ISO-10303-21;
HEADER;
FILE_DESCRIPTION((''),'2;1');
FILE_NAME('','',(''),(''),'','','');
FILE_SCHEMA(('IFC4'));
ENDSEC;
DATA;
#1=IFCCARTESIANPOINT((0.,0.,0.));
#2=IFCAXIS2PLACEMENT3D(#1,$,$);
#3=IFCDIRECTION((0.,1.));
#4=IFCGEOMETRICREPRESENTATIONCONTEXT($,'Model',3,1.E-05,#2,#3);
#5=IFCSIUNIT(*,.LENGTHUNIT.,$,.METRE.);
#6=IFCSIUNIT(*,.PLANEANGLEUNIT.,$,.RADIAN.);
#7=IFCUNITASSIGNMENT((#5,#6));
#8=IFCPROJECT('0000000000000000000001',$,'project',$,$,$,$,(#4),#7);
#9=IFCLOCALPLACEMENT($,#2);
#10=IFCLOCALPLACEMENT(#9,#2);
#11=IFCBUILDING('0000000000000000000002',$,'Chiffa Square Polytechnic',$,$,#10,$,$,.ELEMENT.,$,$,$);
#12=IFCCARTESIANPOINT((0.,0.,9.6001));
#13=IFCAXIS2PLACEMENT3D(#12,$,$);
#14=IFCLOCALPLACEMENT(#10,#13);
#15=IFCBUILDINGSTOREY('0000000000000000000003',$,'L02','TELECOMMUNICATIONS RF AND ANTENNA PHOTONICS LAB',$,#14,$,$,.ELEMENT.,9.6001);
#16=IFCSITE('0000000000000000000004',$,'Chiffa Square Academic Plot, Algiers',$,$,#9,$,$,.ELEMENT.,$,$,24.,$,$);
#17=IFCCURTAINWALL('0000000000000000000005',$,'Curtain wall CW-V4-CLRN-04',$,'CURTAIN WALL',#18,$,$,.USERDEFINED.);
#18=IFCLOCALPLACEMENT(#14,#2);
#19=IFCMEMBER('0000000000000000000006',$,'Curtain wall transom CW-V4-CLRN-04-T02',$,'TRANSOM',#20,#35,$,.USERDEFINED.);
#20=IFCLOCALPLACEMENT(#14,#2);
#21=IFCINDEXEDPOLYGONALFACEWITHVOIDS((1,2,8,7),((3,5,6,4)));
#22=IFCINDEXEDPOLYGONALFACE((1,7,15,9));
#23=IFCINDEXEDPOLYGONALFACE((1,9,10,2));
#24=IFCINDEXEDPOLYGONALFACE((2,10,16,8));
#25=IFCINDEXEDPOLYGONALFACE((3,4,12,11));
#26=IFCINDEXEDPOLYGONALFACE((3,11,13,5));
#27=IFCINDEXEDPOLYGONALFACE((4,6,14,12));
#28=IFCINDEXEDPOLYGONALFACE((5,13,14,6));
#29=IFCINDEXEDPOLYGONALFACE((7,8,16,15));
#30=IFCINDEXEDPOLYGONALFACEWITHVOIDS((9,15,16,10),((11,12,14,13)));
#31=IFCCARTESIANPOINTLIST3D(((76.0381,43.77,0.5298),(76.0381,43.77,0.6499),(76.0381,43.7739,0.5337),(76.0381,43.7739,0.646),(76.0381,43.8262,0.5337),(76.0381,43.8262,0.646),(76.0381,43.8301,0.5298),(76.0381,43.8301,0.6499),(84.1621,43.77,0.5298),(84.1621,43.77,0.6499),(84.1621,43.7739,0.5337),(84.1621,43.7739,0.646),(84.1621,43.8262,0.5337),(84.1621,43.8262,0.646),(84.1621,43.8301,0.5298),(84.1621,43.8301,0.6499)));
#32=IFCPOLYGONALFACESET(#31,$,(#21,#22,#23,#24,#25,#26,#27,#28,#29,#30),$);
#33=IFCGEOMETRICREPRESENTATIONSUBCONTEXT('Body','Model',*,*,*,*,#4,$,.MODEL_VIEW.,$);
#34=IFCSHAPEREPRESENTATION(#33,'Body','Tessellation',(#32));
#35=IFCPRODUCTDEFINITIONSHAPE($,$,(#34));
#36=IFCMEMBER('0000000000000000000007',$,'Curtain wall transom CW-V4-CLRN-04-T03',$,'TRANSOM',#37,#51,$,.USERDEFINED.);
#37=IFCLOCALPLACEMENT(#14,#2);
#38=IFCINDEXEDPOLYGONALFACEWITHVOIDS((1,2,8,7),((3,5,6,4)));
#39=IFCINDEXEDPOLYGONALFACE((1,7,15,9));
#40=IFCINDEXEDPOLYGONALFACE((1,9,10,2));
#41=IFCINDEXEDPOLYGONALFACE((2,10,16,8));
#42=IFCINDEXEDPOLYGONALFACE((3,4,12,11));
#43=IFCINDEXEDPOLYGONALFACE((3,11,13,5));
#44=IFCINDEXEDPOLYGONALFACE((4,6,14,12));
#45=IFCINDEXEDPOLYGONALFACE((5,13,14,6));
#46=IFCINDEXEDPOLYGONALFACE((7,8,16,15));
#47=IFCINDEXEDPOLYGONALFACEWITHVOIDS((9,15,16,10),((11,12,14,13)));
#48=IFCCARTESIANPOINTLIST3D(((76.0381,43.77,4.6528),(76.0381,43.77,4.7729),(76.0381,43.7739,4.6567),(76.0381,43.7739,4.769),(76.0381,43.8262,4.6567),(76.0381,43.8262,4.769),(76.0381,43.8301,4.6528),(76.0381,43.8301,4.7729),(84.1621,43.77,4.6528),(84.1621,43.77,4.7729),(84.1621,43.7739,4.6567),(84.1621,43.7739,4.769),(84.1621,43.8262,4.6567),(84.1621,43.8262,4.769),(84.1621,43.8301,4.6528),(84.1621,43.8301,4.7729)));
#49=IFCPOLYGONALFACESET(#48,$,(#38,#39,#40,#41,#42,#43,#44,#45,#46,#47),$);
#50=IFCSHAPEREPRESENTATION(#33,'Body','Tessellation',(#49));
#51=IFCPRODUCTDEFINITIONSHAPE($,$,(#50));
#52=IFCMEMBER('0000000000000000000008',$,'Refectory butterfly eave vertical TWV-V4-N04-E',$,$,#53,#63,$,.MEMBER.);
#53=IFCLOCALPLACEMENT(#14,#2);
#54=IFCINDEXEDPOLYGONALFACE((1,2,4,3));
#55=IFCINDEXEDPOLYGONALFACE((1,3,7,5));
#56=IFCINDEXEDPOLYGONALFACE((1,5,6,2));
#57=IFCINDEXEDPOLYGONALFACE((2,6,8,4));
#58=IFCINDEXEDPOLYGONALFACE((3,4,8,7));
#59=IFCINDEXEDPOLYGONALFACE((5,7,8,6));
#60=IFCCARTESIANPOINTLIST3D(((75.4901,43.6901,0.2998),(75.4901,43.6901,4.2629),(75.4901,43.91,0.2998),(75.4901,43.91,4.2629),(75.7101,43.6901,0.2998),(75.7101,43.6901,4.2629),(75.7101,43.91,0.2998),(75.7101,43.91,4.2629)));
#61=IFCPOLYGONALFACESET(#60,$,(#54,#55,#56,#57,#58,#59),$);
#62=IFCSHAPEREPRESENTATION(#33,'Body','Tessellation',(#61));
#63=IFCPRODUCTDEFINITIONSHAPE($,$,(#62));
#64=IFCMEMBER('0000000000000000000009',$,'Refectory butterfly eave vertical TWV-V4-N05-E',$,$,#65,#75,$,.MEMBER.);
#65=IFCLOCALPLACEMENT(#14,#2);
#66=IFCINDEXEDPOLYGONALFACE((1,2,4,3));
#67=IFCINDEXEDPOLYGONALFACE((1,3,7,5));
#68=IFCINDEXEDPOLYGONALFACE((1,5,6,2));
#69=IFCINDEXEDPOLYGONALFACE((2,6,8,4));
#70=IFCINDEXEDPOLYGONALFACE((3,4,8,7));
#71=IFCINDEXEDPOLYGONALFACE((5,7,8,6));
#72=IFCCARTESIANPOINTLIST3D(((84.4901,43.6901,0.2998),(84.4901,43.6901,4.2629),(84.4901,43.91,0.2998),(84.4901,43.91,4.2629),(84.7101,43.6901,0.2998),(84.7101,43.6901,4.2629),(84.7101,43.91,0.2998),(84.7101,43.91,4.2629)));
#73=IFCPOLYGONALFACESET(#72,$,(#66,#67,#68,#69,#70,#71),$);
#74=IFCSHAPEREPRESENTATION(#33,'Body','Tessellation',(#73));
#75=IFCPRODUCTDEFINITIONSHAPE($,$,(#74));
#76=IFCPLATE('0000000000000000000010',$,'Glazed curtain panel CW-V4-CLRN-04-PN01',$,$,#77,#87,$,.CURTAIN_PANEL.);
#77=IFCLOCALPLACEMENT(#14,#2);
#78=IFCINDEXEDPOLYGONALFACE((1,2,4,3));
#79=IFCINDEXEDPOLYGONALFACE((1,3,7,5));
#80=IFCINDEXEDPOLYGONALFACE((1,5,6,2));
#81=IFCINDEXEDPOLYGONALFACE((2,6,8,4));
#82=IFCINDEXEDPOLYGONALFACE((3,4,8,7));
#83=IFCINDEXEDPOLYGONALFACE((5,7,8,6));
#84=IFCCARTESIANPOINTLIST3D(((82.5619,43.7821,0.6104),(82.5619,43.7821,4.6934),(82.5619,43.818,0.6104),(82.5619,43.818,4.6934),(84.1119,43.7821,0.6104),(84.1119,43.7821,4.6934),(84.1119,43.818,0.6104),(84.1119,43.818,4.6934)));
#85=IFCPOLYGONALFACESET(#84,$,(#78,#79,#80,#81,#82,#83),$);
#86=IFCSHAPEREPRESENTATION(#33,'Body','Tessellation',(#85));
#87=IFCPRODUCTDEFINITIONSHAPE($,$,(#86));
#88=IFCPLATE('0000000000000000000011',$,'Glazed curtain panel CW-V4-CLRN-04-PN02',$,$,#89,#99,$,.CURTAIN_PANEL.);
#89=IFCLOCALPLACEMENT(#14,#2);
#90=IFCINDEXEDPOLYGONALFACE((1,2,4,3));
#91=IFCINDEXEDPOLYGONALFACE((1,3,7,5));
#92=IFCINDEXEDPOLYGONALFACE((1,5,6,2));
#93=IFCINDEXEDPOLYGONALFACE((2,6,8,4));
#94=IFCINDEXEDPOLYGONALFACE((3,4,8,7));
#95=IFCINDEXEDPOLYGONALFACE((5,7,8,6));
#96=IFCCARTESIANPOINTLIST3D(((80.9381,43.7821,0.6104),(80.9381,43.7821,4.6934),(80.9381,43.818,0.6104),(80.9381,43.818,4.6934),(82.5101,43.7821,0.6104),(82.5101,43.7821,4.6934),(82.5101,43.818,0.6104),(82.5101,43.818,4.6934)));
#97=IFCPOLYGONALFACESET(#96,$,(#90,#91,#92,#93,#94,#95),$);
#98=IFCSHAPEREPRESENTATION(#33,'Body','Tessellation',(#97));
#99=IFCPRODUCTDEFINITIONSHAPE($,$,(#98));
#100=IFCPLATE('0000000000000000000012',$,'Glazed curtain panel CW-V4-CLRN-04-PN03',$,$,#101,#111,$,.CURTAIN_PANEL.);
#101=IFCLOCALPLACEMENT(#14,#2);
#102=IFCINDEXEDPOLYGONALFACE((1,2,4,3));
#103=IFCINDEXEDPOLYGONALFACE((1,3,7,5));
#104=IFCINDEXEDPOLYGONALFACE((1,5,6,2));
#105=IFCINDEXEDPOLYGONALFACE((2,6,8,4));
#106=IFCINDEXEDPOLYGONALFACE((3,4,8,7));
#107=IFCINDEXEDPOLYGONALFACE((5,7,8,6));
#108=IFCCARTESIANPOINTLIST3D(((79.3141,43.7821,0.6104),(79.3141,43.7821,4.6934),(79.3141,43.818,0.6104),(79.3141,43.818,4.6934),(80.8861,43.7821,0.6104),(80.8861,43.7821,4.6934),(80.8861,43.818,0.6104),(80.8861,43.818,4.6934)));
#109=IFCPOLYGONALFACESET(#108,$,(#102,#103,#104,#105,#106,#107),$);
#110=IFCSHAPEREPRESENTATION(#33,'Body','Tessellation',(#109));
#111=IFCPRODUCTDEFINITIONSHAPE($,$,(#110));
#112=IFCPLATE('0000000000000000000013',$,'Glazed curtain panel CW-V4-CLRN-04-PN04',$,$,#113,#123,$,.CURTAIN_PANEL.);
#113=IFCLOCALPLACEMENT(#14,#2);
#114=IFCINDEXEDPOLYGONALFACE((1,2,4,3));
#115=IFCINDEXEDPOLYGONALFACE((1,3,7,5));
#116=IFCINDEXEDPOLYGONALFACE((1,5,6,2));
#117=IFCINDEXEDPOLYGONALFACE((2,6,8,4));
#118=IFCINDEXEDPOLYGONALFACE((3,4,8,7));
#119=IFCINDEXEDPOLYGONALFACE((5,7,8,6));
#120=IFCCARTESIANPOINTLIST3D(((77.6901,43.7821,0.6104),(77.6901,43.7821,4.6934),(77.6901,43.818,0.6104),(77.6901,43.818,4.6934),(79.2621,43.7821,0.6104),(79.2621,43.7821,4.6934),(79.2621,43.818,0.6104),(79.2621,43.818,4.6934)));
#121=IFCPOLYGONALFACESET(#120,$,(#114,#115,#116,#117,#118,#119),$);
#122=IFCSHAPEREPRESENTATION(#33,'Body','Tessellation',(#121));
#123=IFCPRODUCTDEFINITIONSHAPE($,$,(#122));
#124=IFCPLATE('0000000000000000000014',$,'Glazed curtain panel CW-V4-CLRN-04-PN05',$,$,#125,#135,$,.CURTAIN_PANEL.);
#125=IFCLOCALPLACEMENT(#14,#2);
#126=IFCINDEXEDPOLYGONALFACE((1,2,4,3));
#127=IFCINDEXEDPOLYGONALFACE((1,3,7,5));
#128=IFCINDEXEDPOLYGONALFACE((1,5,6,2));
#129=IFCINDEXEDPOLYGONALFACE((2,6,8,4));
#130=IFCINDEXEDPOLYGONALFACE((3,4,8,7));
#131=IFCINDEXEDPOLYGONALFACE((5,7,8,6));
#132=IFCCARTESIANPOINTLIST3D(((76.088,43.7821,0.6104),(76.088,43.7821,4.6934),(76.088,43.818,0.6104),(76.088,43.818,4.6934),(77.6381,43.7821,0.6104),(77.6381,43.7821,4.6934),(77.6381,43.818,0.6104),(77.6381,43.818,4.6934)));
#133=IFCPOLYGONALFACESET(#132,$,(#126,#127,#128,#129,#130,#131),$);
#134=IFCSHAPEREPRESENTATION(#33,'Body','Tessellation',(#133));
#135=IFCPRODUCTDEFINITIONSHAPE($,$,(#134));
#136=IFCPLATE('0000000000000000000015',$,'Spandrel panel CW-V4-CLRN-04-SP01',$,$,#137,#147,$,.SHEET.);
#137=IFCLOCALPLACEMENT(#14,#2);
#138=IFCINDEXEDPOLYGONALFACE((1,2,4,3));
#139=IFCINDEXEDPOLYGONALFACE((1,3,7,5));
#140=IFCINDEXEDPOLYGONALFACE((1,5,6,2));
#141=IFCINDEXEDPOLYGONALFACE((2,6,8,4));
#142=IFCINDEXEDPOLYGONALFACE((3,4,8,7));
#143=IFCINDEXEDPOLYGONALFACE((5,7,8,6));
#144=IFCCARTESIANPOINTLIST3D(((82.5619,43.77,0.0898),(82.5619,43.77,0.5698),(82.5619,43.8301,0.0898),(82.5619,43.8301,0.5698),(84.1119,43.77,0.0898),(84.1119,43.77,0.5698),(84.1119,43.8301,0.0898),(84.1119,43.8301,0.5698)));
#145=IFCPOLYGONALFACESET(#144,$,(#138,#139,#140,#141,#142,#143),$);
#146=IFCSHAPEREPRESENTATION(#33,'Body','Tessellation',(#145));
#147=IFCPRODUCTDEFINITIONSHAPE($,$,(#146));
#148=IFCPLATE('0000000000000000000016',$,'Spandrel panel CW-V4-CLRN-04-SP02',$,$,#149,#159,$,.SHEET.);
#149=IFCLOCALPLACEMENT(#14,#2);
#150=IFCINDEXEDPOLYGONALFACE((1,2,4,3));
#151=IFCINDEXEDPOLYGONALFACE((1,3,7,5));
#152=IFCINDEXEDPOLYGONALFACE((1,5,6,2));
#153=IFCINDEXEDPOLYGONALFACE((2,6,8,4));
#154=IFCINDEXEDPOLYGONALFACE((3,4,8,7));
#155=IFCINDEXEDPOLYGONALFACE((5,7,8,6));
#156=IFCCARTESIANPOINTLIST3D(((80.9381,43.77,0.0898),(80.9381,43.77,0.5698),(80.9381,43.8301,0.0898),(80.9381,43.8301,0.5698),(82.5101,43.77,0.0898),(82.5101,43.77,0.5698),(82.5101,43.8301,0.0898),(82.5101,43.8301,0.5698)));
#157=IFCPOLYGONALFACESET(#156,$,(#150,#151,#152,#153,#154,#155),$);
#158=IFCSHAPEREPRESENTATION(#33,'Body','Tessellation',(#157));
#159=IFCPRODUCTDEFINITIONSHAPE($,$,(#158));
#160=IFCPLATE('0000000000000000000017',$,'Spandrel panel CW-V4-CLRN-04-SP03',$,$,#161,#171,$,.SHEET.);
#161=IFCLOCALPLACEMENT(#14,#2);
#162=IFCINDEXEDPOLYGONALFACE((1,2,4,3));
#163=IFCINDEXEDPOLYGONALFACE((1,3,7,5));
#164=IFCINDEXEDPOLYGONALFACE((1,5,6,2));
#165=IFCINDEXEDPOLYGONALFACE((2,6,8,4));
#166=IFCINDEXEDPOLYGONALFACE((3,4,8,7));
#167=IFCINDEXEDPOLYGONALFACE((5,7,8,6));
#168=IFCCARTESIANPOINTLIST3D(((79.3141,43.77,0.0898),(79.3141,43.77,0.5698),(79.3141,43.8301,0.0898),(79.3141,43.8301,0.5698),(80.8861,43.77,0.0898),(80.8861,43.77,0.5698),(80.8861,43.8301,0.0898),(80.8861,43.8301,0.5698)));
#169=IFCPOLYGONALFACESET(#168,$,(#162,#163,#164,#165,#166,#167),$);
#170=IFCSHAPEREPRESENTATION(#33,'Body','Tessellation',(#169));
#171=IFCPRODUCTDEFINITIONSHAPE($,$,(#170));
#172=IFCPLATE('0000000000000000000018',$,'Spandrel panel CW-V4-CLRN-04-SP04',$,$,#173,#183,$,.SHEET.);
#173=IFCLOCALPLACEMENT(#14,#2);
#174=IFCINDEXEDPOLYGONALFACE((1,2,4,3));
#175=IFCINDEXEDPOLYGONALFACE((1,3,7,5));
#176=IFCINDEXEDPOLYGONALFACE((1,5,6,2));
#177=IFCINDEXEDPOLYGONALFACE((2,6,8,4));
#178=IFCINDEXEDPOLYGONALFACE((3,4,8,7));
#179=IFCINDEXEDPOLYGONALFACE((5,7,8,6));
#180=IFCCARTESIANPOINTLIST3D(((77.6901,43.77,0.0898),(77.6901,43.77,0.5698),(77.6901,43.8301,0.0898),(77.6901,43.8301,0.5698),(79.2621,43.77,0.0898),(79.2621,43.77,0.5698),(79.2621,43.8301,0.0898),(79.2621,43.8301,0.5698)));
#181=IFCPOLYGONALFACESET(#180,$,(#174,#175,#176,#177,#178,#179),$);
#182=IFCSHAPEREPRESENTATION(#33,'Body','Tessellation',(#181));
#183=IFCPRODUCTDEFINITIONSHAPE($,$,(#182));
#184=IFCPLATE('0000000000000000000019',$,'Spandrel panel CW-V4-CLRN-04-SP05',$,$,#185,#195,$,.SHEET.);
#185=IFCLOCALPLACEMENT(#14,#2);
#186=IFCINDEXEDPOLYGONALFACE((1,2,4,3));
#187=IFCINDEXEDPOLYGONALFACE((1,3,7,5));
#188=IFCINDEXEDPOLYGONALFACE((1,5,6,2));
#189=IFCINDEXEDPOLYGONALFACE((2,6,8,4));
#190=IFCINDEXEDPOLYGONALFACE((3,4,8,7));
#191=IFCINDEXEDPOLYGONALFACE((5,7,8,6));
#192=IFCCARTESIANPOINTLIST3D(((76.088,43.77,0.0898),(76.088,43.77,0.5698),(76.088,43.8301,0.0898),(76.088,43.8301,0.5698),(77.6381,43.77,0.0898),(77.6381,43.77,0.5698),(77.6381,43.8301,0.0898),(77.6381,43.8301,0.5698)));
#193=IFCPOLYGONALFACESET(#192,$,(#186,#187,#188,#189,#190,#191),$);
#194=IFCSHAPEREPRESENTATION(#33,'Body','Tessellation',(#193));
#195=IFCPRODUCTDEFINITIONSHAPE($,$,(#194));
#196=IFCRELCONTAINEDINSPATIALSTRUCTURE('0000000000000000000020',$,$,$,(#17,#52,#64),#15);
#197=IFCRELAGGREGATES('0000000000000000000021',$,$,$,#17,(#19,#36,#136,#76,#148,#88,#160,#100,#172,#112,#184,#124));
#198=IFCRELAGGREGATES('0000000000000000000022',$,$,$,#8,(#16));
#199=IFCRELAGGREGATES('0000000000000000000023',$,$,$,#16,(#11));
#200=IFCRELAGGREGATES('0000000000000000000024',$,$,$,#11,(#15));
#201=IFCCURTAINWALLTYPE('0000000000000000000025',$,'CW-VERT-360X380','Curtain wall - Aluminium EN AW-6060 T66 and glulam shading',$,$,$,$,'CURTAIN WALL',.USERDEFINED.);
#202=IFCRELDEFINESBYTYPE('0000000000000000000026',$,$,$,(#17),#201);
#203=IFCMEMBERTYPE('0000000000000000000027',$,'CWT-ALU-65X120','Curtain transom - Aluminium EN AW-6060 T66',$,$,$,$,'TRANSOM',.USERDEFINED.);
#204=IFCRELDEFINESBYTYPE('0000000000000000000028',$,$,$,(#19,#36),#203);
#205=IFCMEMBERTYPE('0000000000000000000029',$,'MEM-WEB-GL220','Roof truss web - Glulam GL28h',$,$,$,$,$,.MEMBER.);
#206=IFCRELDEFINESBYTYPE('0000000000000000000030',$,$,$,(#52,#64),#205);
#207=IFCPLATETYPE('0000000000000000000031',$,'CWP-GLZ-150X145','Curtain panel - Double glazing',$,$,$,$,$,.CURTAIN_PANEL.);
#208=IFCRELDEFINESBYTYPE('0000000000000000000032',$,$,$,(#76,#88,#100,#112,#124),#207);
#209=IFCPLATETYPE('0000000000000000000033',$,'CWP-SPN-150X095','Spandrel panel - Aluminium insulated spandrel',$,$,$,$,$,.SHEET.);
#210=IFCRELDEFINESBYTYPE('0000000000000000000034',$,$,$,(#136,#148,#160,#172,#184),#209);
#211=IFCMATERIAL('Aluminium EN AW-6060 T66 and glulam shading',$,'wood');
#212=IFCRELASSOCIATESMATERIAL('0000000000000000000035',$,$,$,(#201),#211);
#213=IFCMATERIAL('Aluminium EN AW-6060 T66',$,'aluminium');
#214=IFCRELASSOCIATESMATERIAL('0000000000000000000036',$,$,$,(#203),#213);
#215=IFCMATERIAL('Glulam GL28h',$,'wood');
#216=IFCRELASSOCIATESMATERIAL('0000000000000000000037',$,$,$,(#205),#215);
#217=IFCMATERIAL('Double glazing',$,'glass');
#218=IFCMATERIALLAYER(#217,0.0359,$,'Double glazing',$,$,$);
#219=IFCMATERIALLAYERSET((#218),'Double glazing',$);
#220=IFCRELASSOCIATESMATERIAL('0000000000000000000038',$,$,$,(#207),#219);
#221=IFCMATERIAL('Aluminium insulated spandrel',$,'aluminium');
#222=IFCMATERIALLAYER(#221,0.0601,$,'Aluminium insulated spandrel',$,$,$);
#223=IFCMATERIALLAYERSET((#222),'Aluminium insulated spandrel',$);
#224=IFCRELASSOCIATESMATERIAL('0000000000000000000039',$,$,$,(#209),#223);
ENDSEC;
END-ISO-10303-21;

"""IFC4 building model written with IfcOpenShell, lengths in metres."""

from ifc_helpers import new_model, si_unit, direction, frame, origin, origin_2d, place, context, subcontext, project, spatial, rectangle, hollow_rectangle, extrude, material, layer, layer_set, material_profile, profile_set, type_object, element, aggregate, save


model = new_model("IFC4")

# Units and contexts
model_context = context("Model", 3, precision=1e-05, world=origin(), true_north=direction((0.0, 1.0)))
body_context = subcontext(model_context, "Body", "Model", "MODEL_VIEW")
ifc_project = project(units=[si_unit("LENGTHUNIT", "METRE"), si_unit("PLANEANGLEUNIT", "RADIAN")], contexts=[model_context])

# Site, building, storey
site_placement = place(None, origin())
site = spatial("IfcSite", under=ifc_project, at=site_placement, Name="Chiffa Square Academic Plot, Algiers", CompositionType="ELEMENT", RefElevation=24.0)
building_placement = place(site_placement, origin())
building = spatial("IfcBuilding", under=site, at=building_placement, Name="Chiffa Square Polytechnic", CompositionType="ELEMENT")
storey_placement = place(building_placement, frame((0.0, 0.0, 9.6001)))
storey = spatial("IfcBuildingStorey", under=building, at=storey_placement, Name="L02", Description="TELECOMMUNICATIONS RF AND ANTENNA PHOTONICS LAB", CompositionType="ELEMENT", Elevation=9.6001)

# Shared definitions
ifc_material_1 = material(Name="Aluminium EN AW-6060 T66 and glulam shading", Category="wood")
ifc_material_2 = material(Name="Aluminium EN AW-6060 T66", Category="aluminium")

# Curtain wall
curtain_wall_type_1 = type_object("IfcCurtainWallType", Name="CW-VERT-360X380", Description="Curtain wall - Aluminium EN AW-6060 T66 and glulam shading", ElementType="CURTAIN WALL", PredefinedType="USERDEFINED", material=ifc_material_1)
curtain_wall_1_placement = place(storey_placement, origin())
curtain_wall_1 = element("IfcCurtainWall", 1, at=curtain_wall_1_placement, inside=storey, type_object=curtain_wall_type_1, Name="Curtain wall CW-V4-CLRN-04", ObjectType="CURTAIN WALL", PredefinedType="USERDEFINED")

# Members
ifc_material_profile_1 = material_profile(ifc_material_2, hollow_rectangle(XDim=0.0601, YDim=0.1201, WallThickness=0.0039, at=origin_2d()), Name="ALU 60x120x4")
ifc_profile_set_1 = profile_set([ifc_material_profile_1], Name="Aluminium EN AW-6060 T66")
member_type_1 = type_object("IfcMemberType", Name="CWT-ALU-65X120", Description="Curtain transom - Aluminium EN AW-6060 T66", ElementType="TRANSOM", PredefinedType="USERDEFINED", material=ifc_profile_set_1)
member_1_placement = place(storey_placement, frame((84.1621, 43.8, 0.5898), z_axis=(-1.0, 0.0, 0.0), x_axis=(0.0, -1.0, 0.0)))
member_1 = element("IfcMember", 2, at=member_1_placement, type_object=member_type_1, Name="Curtain wall transom CW-V4-CLRN-04-T02", ObjectType="TRANSOM", PredefinedType="USERDEFINED", context=body_context, shape_type="SweptSolid", body=[
    extrude(hollow_rectangle(XDim=0.0601, YDim=0.1201, WallThickness=0.0039, at=origin_2d()), origin(), (0.0, 0.0, 1.0), 8.124),
])
member_2_placement = place(storey_placement, frame((84.1621, 43.8, 4.7129), z_axis=(-1.0, 0.0, 0.0), x_axis=(0.0, -1.0, 0.0)))
member_2 = element("IfcMember", 3, at=member_2_placement, type_object=member_type_1, Name="Curtain wall transom CW-V4-CLRN-04-T03", ObjectType="TRANSOM", PredefinedType="USERDEFINED", context=body_context, shape_type="SweptSolid", body=[
    extrude(hollow_rectangle(XDim=0.0601, YDim=0.1201, WallThickness=0.0039, at=origin_2d()), origin(), (0.0, 0.0, 1.0), 8.124),
])

# Members
ifc_material_3 = material(Name="Glulam GL28h", Category="wood")
ifc_material_profile_2 = material_profile(ifc_material_3, rectangle(XDim=0.22, YDim=0.22, at=origin_2d()), Name="GL28h 220x220")
ifc_profile_set_2 = profile_set([ifc_material_profile_2], Name="Glulam GL28h")
member_type_2 = type_object("IfcMemberType", Name="MEM-WEB-GL220", Description="Roof truss web - Glulam GL28h", PredefinedType="MEMBER", material=ifc_profile_set_2)
for number, where, z_axis, x_axis, name in (
    (4, (75.6001, 43.8, 0.2998), (0.0, 0.0, 1.0), (1.0, 0.0, 0.0), "Refectory butterfly eave vertical TWV-V4-N04-E"),
    (5, (84.6001, 43.8, 0.2998), (0.0, 0.0, 1.0), (1.0, 0.0, 0.0), "Refectory butterfly eave vertical TWV-V4-N05-E"),
):
    element("IfcMember", number, at=place(storey_placement, frame(where, z_axis=z_axis, x_axis=x_axis)), inside=storey, type_object=member_type_2, Name=name, PredefinedType="MEMBER", context=body_context, shape_type="SweptSolid", body=[
        extrude(rectangle(XDim=0.22, YDim=0.22, at=origin_2d()), origin(), (0.0, 0.0, 1.0), 3.9631),
    ])

# Plates
ifc_material_4 = material(Name="Double glazing", Category="glass")
ifc_layer_1 = layer(ifc_material_4, 0.0359, Name="Double glazing")
ifc_layer_set_1 = layer_set([ifc_layer_1], Name="Double glazing")
plate_type_1 = type_object("IfcPlateType", Name="CWP-GLZ-150X145", Description="Curtain panel - Double glazing", PredefinedType="CURTAIN_PANEL", material=ifc_layer_set_1)
plate_1_placement = place(storey_placement, frame((83.3369, 43.8, 0.6104), z_axis=(0.0, 0.0, 1.0), x_axis=(-1.0, 0.0, 0.0)))
plate_1 = element("IfcPlate", 6, at=plate_1_placement, type_object=plate_type_1, Name="Glazed curtain panel CW-V4-CLRN-04-PN01", PredefinedType="CURTAIN_PANEL", context=body_context, shape_type="SweptSolid", body=[
    extrude(rectangle(XDim=1.55, YDim=0.0359, at=origin_2d()), origin(), (0.0, 0.0, 1.0), 4.083),
])
plate_2_placement = place(storey_placement, frame((81.7241, 43.8, 0.6104), z_axis=(0.0, 0.0, 1.0), x_axis=(-1.0, 0.0, 0.0)))
plate_2 = element("IfcPlate", 7, at=plate_2_placement, type_object=plate_type_1, Name="Glazed curtain panel CW-V4-CLRN-04-PN02", PredefinedType="CURTAIN_PANEL", context=body_context, shape_type="SweptSolid", body=[
    extrude(rectangle(XDim=1.572, YDim=0.0359, at=origin_2d()), origin(), (0.0, 0.0, 1.0), 4.083),
])
plate_3_placement = place(storey_placement, frame((80.1001, 43.8, 0.6104), z_axis=(0.0, 0.0, 1.0), x_axis=(-1.0, 0.0, 0.0)))
plate_3 = element("IfcPlate", 8, at=plate_3_placement, type_object=plate_type_1, Name="Glazed curtain panel CW-V4-CLRN-04-PN03", PredefinedType="CURTAIN_PANEL", context=body_context, shape_type="SweptSolid", body=[
    extrude(rectangle(XDim=1.572, YDim=0.0359, at=origin_2d()), origin(), (0.0, 0.0, 1.0), 4.083),
])
plate_4_placement = place(storey_placement, frame((78.4761, 43.8, 0.6104), z_axis=(0.0, 0.0, 1.0), x_axis=(-1.0, 0.0, 0.0)))
plate_4 = element("IfcPlate", 9, at=plate_4_placement, type_object=plate_type_1, Name="Glazed curtain panel CW-V4-CLRN-04-PN04", PredefinedType="CURTAIN_PANEL", context=body_context, shape_type="SweptSolid", body=[
    extrude(rectangle(XDim=1.572, YDim=0.0359, at=origin_2d()), origin(), (0.0, 0.0, 1.0), 4.083),
])
plate_5_placement = place(storey_placement, frame((76.863, 43.8, 0.6104), z_axis=(0.0, 0.0, 1.0), x_axis=(-1.0, 0.0, 0.0)))
plate_5 = element("IfcPlate", 10, at=plate_5_placement, type_object=plate_type_1, Name="Glazed curtain panel CW-V4-CLRN-04-PN05", PredefinedType="CURTAIN_PANEL", context=body_context, shape_type="SweptSolid", body=[
    extrude(rectangle(XDim=1.55, YDim=0.0359, at=origin_2d()), origin(), (0.0, 0.0, 1.0), 4.083),
])
ifc_material_5 = material(Name="Aluminium insulated spandrel", Category="aluminium")
ifc_layer_2 = layer(ifc_material_5, 0.0601, Name="Aluminium insulated spandrel")
ifc_layer_set_2 = layer_set([ifc_layer_2], Name="Aluminium insulated spandrel")
plate_type_2 = type_object("IfcPlateType", Name="CWP-SPN-150X095", Description="Spandrel panel - Aluminium insulated spandrel", PredefinedType="SHEET", material=ifc_layer_set_2)
plate_6_placement = place(storey_placement, frame((83.3369, 43.8, 0.0898), z_axis=(0.0, 0.0, 1.0), x_axis=(-1.0, 0.0, 0.0)))
plate_6 = element("IfcPlate", 11, at=plate_6_placement, type_object=plate_type_2, Name="Spandrel panel CW-V4-CLRN-04-SP01", PredefinedType="SHEET", context=body_context, shape_type="SweptSolid", body=[
    extrude(rectangle(XDim=1.55, YDim=0.0601, at=origin_2d()), origin(), (0.0, 0.0, 1.0), 0.48),
])
plate_7_placement = place(storey_placement, frame((81.7241, 43.8, 0.0898), z_axis=(0.0, 0.0, 1.0), x_axis=(-1.0, 0.0, 0.0)))
plate_7 = element("IfcPlate", 12, at=plate_7_placement, type_object=plate_type_2, Name="Spandrel panel CW-V4-CLRN-04-SP02", PredefinedType="SHEET", context=body_context, shape_type="SweptSolid", body=[
    extrude(rectangle(XDim=1.572, YDim=0.0601, at=origin_2d()), origin(), (0.0, 0.0, 1.0), 0.48),
])
plate_8_placement = place(storey_placement, frame((80.1001, 43.8, 0.0898), z_axis=(0.0, 0.0, 1.0), x_axis=(-1.0, 0.0, 0.0)))
plate_8 = element("IfcPlate", 13, at=plate_8_placement, type_object=plate_type_2, Name="Spandrel panel CW-V4-CLRN-04-SP03", PredefinedType="SHEET", context=body_context, shape_type="SweptSolid", body=[
    extrude(rectangle(XDim=1.572, YDim=0.0601, at=origin_2d()), origin(), (0.0, 0.0, 1.0), 0.48),
])
plate_9_placement = place(storey_placement, frame((78.4761, 43.8, 0.0898), z_axis=(0.0, 0.0, 1.0), x_axis=(-1.0, 0.0, 0.0)))
plate_9 = element("IfcPlate", 14, at=plate_9_placement, type_object=plate_type_2, Name="Spandrel panel CW-V4-CLRN-04-SP04", PredefinedType="SHEET", context=body_context, shape_type="SweptSolid", body=[
    extrude(rectangle(XDim=1.572, YDim=0.0601, at=origin_2d()), origin(), (0.0, 0.0, 1.0), 0.48),
])
plate_10_placement = place(storey_placement, frame((76.863, 43.8, 0.0898), z_axis=(0.0, 0.0, 1.0), x_axis=(-1.0, 0.0, 0.0)))
plate_10 = element("IfcPlate", 15, at=plate_10_placement, type_object=plate_type_2, Name="Spandrel panel CW-V4-CLRN-04-SP05", PredefinedType="SHEET", context=body_context, shape_type="SweptSolid", body=[
    extrude(rectangle(XDim=1.55, YDim=0.0601, at=origin_2d()), origin(), (0.0, 0.0, 1.0), 0.48),
])
aggregate(curtain_wall_1, [member_1, member_2, plate_6, plate_1, plate_7, plate_2, plate_8, plate_3, plate_9, plate_4, plate_10, plate_5])

save(model, "model.ifc")
